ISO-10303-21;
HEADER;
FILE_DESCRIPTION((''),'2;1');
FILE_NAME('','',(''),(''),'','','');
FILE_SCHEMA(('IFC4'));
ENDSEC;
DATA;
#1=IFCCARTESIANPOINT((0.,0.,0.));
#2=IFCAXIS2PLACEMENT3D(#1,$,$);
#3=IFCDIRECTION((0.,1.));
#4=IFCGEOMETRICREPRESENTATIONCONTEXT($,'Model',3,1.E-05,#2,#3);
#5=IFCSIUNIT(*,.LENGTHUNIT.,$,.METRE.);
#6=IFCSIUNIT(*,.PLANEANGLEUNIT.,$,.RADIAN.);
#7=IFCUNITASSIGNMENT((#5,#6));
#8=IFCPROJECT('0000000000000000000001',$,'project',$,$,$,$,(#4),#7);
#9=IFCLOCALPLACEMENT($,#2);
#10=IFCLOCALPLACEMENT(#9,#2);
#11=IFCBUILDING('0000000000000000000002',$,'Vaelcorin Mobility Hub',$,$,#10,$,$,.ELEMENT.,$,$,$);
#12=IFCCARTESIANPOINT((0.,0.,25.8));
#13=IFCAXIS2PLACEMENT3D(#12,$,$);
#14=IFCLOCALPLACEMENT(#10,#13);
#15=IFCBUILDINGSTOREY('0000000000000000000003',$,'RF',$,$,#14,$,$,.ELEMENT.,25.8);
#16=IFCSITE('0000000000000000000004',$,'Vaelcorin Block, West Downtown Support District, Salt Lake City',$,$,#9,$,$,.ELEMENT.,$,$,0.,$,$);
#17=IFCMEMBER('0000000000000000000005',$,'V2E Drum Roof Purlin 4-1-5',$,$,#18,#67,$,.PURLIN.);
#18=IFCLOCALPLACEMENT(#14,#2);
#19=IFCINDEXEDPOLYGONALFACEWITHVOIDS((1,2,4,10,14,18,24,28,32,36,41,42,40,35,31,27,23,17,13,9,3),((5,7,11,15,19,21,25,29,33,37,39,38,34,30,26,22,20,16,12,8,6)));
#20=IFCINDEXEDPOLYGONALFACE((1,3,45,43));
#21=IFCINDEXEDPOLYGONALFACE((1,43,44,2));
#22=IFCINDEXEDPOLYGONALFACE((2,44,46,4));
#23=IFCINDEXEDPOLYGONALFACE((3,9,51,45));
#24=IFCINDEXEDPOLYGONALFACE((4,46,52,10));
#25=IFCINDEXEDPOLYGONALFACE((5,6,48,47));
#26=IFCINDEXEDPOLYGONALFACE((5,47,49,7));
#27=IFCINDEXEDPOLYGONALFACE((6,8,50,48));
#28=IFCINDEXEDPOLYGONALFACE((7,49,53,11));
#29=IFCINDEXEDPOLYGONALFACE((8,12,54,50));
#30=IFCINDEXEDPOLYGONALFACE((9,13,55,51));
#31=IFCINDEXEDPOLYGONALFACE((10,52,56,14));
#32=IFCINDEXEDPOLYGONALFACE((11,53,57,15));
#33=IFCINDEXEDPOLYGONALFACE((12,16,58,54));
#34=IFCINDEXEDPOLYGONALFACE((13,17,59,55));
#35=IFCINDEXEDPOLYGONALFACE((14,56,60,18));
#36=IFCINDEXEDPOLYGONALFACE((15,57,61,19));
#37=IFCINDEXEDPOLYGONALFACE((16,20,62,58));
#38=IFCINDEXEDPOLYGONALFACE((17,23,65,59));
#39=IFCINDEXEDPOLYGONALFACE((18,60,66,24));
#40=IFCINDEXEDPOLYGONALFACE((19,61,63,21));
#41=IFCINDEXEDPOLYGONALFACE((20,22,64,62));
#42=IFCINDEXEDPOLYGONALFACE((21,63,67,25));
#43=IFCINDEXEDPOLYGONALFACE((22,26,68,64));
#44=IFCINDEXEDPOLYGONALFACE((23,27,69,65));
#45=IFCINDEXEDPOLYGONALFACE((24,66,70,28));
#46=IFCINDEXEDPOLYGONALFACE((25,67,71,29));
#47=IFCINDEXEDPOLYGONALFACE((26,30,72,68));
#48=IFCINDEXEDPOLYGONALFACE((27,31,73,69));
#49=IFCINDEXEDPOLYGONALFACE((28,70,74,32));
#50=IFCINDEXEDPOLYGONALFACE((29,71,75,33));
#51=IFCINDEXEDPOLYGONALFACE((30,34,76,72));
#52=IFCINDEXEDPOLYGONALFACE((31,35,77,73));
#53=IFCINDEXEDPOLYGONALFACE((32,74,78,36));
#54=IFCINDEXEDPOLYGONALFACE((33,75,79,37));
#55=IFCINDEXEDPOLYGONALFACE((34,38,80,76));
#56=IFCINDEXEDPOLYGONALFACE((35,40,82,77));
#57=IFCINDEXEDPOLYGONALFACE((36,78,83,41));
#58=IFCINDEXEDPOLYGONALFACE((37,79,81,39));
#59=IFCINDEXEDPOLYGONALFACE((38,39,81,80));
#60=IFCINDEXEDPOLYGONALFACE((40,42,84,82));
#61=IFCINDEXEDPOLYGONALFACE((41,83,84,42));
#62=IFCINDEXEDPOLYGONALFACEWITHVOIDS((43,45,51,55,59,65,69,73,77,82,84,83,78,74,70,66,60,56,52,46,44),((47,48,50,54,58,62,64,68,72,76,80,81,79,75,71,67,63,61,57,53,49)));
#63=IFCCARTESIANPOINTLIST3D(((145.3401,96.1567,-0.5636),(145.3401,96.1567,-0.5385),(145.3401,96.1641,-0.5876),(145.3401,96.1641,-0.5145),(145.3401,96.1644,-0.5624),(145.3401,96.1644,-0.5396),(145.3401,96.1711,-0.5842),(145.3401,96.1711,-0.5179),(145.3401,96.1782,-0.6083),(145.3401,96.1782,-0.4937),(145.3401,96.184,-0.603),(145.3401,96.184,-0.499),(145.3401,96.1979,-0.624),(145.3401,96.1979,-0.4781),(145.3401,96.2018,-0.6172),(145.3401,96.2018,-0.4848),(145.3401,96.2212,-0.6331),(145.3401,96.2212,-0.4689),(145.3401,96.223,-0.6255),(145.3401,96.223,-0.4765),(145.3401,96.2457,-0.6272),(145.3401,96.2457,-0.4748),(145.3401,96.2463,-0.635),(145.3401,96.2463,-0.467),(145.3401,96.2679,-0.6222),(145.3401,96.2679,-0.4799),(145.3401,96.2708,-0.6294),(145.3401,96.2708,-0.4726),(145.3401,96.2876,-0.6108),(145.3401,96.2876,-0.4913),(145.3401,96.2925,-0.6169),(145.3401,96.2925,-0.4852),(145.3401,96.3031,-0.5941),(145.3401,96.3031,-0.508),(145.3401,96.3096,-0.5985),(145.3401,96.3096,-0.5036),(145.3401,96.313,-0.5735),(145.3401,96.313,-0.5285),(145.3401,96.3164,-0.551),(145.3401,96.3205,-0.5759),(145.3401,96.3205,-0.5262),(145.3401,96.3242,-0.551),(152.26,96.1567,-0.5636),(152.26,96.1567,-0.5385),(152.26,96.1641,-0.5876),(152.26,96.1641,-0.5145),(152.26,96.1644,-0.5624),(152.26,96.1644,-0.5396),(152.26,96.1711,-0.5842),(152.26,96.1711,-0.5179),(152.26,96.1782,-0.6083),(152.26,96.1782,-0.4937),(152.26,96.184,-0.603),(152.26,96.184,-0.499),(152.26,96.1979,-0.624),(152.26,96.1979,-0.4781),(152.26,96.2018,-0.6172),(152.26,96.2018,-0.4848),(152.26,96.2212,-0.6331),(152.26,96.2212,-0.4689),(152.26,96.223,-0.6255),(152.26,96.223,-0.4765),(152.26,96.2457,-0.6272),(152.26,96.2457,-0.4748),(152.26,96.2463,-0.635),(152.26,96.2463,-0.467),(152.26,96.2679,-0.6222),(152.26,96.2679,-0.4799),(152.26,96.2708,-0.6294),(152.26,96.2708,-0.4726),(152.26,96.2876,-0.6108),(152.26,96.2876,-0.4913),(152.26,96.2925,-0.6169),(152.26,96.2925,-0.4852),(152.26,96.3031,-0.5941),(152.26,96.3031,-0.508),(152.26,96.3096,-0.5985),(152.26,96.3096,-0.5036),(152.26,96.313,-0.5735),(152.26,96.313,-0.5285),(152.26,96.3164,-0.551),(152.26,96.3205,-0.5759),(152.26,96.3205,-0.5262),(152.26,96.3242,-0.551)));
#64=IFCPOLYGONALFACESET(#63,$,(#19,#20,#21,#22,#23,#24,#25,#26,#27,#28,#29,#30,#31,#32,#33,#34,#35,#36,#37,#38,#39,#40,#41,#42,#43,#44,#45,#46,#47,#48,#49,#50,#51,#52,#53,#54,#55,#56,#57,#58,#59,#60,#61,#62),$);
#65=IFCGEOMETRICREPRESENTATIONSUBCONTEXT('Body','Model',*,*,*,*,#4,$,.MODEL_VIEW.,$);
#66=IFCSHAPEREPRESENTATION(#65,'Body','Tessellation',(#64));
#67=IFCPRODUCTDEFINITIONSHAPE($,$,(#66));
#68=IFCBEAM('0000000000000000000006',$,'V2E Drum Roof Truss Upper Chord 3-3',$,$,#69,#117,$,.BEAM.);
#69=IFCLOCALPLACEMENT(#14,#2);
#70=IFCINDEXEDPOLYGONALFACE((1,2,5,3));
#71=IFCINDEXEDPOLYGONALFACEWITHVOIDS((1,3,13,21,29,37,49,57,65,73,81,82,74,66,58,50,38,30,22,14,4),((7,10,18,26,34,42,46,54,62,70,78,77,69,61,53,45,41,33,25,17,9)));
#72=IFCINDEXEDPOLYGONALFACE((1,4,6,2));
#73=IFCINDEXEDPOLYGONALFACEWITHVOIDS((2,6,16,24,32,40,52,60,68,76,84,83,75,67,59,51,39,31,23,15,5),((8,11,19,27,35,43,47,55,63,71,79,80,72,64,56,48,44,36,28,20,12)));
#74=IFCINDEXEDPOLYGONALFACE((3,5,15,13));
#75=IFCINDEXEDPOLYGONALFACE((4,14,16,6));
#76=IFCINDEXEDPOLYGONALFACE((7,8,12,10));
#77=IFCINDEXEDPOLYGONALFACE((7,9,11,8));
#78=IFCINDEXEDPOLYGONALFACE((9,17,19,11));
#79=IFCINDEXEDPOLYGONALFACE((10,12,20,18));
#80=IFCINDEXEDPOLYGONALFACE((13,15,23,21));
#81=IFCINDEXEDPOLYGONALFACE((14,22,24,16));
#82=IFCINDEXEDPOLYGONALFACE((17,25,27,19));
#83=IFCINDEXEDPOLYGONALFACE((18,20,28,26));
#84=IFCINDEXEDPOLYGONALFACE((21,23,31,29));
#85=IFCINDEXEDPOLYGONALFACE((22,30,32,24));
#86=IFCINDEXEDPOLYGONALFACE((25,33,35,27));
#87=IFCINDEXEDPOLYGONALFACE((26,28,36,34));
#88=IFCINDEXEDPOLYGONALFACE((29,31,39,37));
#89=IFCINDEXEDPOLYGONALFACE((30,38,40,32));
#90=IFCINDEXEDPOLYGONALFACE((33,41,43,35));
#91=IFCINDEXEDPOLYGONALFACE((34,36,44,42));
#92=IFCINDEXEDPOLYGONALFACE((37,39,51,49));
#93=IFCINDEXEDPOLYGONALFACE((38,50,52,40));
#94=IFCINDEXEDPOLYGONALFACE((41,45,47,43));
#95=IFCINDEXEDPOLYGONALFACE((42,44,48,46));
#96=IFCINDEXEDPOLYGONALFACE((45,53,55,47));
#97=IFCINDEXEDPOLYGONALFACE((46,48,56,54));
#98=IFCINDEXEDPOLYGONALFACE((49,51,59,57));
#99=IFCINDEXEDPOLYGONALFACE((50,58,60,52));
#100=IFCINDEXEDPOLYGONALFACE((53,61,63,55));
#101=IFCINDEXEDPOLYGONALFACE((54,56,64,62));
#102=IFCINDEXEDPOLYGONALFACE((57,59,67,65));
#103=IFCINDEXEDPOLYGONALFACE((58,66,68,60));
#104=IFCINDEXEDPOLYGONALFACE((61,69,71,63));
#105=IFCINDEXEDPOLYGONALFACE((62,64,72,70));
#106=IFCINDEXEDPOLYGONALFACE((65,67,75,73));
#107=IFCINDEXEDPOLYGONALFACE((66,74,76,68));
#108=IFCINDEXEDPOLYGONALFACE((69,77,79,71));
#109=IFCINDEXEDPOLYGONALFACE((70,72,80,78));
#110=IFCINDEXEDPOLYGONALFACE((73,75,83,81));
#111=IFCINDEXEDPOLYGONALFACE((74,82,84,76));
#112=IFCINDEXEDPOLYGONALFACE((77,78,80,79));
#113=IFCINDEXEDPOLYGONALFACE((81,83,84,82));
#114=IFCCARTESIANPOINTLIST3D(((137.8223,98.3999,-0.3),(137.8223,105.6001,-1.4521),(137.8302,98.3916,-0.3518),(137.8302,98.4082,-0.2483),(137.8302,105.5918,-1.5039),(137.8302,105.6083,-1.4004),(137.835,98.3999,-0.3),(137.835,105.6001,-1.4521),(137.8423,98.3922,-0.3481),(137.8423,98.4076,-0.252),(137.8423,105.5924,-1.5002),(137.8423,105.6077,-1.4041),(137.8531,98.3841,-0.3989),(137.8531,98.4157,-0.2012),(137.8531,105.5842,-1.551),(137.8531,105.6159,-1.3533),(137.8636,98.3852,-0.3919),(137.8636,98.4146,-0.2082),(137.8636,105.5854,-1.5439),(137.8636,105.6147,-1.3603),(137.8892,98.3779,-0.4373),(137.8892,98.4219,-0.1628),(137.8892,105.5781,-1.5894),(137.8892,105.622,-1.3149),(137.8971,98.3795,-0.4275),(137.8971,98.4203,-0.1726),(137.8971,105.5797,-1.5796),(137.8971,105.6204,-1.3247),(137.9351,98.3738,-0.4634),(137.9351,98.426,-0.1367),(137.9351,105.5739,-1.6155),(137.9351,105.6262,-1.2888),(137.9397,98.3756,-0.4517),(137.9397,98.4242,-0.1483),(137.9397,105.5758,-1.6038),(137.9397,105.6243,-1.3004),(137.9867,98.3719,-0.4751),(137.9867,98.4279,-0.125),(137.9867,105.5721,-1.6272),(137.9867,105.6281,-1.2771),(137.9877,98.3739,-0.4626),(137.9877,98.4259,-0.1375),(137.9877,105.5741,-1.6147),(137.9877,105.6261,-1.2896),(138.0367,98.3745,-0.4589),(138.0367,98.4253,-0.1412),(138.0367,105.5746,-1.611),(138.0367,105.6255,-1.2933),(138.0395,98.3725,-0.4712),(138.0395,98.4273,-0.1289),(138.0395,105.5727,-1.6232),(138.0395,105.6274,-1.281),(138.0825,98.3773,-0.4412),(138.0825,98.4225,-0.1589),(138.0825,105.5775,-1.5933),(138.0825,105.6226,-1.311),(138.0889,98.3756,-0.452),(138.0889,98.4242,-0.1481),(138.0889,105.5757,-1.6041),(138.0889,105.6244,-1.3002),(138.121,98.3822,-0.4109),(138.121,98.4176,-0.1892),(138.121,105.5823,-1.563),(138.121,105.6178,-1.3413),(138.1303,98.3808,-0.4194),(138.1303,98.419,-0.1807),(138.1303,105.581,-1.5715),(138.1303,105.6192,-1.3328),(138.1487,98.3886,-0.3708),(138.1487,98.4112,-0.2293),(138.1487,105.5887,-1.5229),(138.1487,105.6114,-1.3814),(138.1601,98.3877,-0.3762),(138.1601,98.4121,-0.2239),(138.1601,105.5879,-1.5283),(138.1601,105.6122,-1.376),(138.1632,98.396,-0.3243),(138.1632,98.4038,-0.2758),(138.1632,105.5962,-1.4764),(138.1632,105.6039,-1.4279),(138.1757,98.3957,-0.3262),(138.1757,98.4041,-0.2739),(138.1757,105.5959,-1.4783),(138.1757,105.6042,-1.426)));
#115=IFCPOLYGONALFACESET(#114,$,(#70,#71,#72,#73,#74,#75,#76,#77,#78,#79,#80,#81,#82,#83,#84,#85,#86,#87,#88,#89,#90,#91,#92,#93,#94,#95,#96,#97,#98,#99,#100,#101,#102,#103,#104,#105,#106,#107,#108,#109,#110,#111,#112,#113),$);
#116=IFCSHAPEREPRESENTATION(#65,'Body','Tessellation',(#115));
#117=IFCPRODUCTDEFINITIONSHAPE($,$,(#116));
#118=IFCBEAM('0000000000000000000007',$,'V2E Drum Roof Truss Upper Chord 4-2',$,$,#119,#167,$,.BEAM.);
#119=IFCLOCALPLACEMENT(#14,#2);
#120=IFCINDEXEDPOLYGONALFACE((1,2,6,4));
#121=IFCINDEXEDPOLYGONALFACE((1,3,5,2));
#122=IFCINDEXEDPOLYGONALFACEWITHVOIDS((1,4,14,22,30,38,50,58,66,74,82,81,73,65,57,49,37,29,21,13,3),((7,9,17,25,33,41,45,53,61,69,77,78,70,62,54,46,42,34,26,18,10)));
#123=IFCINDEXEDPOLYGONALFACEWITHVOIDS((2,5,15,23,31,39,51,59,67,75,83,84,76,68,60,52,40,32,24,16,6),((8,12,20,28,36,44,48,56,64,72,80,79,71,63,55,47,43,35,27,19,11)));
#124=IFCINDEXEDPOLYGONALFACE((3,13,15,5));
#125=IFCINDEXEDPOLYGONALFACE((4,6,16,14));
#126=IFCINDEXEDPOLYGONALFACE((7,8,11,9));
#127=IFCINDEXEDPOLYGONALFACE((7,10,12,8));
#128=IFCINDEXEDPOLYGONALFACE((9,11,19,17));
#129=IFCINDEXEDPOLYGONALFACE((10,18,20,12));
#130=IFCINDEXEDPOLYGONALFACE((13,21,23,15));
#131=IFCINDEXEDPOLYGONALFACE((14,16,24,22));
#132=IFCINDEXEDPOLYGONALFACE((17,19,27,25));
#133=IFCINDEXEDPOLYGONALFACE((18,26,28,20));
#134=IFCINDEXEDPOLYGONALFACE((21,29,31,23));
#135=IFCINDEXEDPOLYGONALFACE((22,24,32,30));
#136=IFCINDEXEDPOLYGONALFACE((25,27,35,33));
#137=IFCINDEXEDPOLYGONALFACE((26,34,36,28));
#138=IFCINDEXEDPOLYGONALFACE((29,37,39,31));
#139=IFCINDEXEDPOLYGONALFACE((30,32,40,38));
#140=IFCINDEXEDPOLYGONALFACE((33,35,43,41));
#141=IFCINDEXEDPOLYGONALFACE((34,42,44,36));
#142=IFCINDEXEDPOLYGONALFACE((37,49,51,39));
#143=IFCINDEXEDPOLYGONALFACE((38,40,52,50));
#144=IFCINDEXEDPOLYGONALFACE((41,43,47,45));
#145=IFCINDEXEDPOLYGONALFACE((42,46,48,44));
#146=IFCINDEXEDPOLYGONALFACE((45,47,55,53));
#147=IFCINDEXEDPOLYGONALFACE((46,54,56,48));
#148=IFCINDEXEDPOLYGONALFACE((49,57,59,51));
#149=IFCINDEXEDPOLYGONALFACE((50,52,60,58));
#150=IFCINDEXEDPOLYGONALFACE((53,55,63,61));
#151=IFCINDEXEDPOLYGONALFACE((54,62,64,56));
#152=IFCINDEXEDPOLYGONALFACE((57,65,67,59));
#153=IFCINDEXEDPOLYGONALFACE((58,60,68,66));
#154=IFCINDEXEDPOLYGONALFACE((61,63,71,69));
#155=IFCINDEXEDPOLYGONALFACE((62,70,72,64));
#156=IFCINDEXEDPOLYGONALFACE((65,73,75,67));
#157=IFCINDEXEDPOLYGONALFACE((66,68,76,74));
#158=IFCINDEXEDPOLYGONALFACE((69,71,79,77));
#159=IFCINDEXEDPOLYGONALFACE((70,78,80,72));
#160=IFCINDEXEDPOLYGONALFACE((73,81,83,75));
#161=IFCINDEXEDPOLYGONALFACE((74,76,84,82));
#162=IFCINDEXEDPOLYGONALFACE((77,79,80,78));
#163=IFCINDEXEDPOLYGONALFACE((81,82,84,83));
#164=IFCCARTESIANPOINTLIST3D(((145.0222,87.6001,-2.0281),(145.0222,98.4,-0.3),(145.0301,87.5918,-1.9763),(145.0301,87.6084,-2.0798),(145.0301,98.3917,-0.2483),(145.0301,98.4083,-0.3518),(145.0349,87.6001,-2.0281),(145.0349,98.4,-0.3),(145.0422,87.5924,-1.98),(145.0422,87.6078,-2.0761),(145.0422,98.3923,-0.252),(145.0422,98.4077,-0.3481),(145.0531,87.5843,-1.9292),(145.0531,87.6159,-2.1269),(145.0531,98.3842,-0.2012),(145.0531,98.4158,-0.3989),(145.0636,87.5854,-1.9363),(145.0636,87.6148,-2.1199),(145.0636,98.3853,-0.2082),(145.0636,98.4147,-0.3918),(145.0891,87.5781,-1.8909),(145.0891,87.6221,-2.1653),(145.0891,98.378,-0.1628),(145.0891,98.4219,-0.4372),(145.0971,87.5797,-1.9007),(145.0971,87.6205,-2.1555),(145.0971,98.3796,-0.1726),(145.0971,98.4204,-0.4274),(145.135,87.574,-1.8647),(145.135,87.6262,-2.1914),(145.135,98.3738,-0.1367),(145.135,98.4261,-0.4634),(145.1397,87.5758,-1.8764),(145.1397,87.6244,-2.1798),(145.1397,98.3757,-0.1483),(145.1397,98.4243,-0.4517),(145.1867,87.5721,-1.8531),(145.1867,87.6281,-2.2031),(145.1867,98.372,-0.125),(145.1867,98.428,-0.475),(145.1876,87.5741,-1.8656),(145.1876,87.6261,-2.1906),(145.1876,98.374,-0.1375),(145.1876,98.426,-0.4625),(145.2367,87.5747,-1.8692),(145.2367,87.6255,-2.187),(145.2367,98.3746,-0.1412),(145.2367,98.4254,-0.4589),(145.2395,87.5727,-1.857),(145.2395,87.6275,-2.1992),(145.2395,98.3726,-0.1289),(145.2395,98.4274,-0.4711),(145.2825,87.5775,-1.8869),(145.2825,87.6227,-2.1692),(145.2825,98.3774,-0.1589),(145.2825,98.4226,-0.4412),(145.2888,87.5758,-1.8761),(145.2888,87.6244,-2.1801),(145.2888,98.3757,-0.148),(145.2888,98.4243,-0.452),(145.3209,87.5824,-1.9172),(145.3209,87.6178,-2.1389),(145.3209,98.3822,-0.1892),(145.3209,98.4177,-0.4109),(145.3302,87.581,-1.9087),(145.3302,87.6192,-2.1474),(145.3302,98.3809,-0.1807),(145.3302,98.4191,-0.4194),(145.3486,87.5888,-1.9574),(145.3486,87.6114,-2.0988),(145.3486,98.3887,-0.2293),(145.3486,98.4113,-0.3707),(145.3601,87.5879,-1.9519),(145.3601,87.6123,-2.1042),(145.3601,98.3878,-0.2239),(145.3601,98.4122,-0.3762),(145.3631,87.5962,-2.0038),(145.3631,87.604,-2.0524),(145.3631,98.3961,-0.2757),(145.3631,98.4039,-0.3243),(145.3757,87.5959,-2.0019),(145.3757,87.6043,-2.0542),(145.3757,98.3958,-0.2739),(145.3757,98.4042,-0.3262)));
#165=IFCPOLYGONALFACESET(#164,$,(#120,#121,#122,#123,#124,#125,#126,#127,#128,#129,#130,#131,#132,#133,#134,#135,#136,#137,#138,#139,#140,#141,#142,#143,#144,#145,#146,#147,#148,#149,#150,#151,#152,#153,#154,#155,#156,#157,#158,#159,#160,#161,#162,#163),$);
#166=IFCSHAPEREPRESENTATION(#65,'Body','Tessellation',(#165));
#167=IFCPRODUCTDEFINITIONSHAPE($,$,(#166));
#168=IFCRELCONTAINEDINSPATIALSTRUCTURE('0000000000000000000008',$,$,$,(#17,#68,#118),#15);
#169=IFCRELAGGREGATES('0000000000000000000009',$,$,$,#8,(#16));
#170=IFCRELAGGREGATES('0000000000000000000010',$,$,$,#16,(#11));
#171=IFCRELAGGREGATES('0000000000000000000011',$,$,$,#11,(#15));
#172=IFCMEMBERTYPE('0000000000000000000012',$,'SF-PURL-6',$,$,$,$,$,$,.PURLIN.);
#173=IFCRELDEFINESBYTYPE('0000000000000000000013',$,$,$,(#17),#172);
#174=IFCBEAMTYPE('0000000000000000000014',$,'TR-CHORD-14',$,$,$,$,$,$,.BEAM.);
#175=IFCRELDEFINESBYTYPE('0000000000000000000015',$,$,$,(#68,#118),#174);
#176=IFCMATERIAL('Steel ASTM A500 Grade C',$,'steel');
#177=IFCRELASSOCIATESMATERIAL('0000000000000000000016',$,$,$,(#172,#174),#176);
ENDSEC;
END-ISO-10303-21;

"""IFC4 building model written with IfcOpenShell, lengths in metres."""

from ifc_helpers import new_model, si_unit, direction, frame, origin, origin_2d, place, context, subcontext, project, spatial, hollow_circle, extrude, material, material_profile, profile_set, type_object, element, save


model = new_model("IFC4")

# Units and contexts
model_context = context("Model", 3, precision=1e-05, world=origin(), true_north=direction((0.0, 1.0)))
body_context = subcontext(model_context, "Body", "Model", "MODEL_VIEW")
ifc_project = project(units=[si_unit("LENGTHUNIT", "METRE"), si_unit("PLANEANGLEUNIT", "RADIAN")], contexts=[model_context])

# Site, building, storey
site_placement = place(None, origin())
site = spatial("IfcSite", under=ifc_project, at=site_placement, Name="Vaelcorin Block, West Downtown Support District, Salt Lake City", CompositionType="ELEMENT", RefElevation=0.0)
building_placement = place(site_placement, origin())
building = spatial("IfcBuilding", under=site, at=building_placement, Name="Vaelcorin Mobility Hub", CompositionType="ELEMENT")
storey_placement = place(building_placement, frame((0.0, 0.0, 25.8)))
storey = spatial("IfcBuildingStorey", under=building, at=storey_placement, Name="RF", CompositionType="ELEMENT", Elevation=25.8)

# Member
ifc_material_1 = material(Name="Steel ASTM A500 Grade C", Category="steel")
ifc_material_profile_1 = material_profile(ifc_material_1, hollow_circle(Radius=0.0842, WallThickness=0.0078, at=origin_2d()), Name="HSS6.625X0.312")
ifc_profile_set_1 = profile_set([ifc_material_profile_1], Name="Steel ASTM A500 Grade C")
member_type_1 = type_object("IfcMemberType", Name="SF-PURL-6", PredefinedType="PURLIN", material=ifc_profile_set_1)
for number, where, z_axis, x_axis, name in (
    (1, (145.3401, 96.24, -0.551), (1.0, 0.0, 0.0), (0.0, 1.0, 0.0), "V2E Drum Roof Purlin 4-1-5"),
):
    element("IfcMember", number, at=place(storey_placement, frame(where, z_axis=z_axis, x_axis=x_axis)), inside=storey, type_object=member_type_1, Name=name, PredefinedType="PURLIN", context=body_context, shape_type="SweptSolid", body=[
        extrude(hollow_circle(Radius=0.0842, WallThickness=0.0078, at=origin_2d()), origin(), (0.0, 0.0, 1.0), 6.9199),
    ])

# Beams
ifc_material_profile_2 = material_profile(ifc_material_1, hollow_circle(Radius=0.1777, WallThickness=0.0127, at=origin_2d()), Name="HSS14.000X0.500")
ifc_profile_set_2 = profile_set([ifc_material_profile_2], Name="Steel ASTM A500 Grade C")
beam_type_1 = type_object("IfcBeamType", Name="TR-CHORD-14", PredefinedType="BEAM", material=ifc_profile_set_2)
beam_1_placement = place(storey_placement, frame((138.0, 98.3999, -0.3), z_axis=(0.0, 0.987439, -0.158), x_axis=(-1.0, 0.0, 0.0)))
element("IfcBeam", 2, at=beam_1_placement, inside=storey, type_object=beam_type_1, Name="V2E Drum Roof Truss Upper Chord 3-3", PredefinedType="BEAM", context=body_context, shape_type="SweptSolid", body=[
    extrude(hollow_circle(Radius=0.1777, WallThickness=0.0127, at=origin_2d()), origin(), (0.0, 0.0, 1.0), 7.2917),
])
for number, where, z_axis, x_axis, name in (
    (3, (145.2, 87.6001, -2.0281), (0.0, 0.98744, 0.157996), (-1.0, 0.0, 0.0), "V2E Drum Roof Truss Upper Chord 4-2"),
):
    element("IfcBeam", number, at=place(storey_placement, frame(where, z_axis=z_axis, x_axis=x_axis)), inside=storey, type_object=beam_type_1, Name=name, PredefinedType="BEAM", context=body_context, shape_type="SweptSolid", body=[
        extrude(hollow_circle(Radius=0.1777, WallThickness=0.0127, at=origin_2d()), origin(), (0.0, 0.0, 1.0), 10.9373),
    ])

save(model, "model.ifc")
